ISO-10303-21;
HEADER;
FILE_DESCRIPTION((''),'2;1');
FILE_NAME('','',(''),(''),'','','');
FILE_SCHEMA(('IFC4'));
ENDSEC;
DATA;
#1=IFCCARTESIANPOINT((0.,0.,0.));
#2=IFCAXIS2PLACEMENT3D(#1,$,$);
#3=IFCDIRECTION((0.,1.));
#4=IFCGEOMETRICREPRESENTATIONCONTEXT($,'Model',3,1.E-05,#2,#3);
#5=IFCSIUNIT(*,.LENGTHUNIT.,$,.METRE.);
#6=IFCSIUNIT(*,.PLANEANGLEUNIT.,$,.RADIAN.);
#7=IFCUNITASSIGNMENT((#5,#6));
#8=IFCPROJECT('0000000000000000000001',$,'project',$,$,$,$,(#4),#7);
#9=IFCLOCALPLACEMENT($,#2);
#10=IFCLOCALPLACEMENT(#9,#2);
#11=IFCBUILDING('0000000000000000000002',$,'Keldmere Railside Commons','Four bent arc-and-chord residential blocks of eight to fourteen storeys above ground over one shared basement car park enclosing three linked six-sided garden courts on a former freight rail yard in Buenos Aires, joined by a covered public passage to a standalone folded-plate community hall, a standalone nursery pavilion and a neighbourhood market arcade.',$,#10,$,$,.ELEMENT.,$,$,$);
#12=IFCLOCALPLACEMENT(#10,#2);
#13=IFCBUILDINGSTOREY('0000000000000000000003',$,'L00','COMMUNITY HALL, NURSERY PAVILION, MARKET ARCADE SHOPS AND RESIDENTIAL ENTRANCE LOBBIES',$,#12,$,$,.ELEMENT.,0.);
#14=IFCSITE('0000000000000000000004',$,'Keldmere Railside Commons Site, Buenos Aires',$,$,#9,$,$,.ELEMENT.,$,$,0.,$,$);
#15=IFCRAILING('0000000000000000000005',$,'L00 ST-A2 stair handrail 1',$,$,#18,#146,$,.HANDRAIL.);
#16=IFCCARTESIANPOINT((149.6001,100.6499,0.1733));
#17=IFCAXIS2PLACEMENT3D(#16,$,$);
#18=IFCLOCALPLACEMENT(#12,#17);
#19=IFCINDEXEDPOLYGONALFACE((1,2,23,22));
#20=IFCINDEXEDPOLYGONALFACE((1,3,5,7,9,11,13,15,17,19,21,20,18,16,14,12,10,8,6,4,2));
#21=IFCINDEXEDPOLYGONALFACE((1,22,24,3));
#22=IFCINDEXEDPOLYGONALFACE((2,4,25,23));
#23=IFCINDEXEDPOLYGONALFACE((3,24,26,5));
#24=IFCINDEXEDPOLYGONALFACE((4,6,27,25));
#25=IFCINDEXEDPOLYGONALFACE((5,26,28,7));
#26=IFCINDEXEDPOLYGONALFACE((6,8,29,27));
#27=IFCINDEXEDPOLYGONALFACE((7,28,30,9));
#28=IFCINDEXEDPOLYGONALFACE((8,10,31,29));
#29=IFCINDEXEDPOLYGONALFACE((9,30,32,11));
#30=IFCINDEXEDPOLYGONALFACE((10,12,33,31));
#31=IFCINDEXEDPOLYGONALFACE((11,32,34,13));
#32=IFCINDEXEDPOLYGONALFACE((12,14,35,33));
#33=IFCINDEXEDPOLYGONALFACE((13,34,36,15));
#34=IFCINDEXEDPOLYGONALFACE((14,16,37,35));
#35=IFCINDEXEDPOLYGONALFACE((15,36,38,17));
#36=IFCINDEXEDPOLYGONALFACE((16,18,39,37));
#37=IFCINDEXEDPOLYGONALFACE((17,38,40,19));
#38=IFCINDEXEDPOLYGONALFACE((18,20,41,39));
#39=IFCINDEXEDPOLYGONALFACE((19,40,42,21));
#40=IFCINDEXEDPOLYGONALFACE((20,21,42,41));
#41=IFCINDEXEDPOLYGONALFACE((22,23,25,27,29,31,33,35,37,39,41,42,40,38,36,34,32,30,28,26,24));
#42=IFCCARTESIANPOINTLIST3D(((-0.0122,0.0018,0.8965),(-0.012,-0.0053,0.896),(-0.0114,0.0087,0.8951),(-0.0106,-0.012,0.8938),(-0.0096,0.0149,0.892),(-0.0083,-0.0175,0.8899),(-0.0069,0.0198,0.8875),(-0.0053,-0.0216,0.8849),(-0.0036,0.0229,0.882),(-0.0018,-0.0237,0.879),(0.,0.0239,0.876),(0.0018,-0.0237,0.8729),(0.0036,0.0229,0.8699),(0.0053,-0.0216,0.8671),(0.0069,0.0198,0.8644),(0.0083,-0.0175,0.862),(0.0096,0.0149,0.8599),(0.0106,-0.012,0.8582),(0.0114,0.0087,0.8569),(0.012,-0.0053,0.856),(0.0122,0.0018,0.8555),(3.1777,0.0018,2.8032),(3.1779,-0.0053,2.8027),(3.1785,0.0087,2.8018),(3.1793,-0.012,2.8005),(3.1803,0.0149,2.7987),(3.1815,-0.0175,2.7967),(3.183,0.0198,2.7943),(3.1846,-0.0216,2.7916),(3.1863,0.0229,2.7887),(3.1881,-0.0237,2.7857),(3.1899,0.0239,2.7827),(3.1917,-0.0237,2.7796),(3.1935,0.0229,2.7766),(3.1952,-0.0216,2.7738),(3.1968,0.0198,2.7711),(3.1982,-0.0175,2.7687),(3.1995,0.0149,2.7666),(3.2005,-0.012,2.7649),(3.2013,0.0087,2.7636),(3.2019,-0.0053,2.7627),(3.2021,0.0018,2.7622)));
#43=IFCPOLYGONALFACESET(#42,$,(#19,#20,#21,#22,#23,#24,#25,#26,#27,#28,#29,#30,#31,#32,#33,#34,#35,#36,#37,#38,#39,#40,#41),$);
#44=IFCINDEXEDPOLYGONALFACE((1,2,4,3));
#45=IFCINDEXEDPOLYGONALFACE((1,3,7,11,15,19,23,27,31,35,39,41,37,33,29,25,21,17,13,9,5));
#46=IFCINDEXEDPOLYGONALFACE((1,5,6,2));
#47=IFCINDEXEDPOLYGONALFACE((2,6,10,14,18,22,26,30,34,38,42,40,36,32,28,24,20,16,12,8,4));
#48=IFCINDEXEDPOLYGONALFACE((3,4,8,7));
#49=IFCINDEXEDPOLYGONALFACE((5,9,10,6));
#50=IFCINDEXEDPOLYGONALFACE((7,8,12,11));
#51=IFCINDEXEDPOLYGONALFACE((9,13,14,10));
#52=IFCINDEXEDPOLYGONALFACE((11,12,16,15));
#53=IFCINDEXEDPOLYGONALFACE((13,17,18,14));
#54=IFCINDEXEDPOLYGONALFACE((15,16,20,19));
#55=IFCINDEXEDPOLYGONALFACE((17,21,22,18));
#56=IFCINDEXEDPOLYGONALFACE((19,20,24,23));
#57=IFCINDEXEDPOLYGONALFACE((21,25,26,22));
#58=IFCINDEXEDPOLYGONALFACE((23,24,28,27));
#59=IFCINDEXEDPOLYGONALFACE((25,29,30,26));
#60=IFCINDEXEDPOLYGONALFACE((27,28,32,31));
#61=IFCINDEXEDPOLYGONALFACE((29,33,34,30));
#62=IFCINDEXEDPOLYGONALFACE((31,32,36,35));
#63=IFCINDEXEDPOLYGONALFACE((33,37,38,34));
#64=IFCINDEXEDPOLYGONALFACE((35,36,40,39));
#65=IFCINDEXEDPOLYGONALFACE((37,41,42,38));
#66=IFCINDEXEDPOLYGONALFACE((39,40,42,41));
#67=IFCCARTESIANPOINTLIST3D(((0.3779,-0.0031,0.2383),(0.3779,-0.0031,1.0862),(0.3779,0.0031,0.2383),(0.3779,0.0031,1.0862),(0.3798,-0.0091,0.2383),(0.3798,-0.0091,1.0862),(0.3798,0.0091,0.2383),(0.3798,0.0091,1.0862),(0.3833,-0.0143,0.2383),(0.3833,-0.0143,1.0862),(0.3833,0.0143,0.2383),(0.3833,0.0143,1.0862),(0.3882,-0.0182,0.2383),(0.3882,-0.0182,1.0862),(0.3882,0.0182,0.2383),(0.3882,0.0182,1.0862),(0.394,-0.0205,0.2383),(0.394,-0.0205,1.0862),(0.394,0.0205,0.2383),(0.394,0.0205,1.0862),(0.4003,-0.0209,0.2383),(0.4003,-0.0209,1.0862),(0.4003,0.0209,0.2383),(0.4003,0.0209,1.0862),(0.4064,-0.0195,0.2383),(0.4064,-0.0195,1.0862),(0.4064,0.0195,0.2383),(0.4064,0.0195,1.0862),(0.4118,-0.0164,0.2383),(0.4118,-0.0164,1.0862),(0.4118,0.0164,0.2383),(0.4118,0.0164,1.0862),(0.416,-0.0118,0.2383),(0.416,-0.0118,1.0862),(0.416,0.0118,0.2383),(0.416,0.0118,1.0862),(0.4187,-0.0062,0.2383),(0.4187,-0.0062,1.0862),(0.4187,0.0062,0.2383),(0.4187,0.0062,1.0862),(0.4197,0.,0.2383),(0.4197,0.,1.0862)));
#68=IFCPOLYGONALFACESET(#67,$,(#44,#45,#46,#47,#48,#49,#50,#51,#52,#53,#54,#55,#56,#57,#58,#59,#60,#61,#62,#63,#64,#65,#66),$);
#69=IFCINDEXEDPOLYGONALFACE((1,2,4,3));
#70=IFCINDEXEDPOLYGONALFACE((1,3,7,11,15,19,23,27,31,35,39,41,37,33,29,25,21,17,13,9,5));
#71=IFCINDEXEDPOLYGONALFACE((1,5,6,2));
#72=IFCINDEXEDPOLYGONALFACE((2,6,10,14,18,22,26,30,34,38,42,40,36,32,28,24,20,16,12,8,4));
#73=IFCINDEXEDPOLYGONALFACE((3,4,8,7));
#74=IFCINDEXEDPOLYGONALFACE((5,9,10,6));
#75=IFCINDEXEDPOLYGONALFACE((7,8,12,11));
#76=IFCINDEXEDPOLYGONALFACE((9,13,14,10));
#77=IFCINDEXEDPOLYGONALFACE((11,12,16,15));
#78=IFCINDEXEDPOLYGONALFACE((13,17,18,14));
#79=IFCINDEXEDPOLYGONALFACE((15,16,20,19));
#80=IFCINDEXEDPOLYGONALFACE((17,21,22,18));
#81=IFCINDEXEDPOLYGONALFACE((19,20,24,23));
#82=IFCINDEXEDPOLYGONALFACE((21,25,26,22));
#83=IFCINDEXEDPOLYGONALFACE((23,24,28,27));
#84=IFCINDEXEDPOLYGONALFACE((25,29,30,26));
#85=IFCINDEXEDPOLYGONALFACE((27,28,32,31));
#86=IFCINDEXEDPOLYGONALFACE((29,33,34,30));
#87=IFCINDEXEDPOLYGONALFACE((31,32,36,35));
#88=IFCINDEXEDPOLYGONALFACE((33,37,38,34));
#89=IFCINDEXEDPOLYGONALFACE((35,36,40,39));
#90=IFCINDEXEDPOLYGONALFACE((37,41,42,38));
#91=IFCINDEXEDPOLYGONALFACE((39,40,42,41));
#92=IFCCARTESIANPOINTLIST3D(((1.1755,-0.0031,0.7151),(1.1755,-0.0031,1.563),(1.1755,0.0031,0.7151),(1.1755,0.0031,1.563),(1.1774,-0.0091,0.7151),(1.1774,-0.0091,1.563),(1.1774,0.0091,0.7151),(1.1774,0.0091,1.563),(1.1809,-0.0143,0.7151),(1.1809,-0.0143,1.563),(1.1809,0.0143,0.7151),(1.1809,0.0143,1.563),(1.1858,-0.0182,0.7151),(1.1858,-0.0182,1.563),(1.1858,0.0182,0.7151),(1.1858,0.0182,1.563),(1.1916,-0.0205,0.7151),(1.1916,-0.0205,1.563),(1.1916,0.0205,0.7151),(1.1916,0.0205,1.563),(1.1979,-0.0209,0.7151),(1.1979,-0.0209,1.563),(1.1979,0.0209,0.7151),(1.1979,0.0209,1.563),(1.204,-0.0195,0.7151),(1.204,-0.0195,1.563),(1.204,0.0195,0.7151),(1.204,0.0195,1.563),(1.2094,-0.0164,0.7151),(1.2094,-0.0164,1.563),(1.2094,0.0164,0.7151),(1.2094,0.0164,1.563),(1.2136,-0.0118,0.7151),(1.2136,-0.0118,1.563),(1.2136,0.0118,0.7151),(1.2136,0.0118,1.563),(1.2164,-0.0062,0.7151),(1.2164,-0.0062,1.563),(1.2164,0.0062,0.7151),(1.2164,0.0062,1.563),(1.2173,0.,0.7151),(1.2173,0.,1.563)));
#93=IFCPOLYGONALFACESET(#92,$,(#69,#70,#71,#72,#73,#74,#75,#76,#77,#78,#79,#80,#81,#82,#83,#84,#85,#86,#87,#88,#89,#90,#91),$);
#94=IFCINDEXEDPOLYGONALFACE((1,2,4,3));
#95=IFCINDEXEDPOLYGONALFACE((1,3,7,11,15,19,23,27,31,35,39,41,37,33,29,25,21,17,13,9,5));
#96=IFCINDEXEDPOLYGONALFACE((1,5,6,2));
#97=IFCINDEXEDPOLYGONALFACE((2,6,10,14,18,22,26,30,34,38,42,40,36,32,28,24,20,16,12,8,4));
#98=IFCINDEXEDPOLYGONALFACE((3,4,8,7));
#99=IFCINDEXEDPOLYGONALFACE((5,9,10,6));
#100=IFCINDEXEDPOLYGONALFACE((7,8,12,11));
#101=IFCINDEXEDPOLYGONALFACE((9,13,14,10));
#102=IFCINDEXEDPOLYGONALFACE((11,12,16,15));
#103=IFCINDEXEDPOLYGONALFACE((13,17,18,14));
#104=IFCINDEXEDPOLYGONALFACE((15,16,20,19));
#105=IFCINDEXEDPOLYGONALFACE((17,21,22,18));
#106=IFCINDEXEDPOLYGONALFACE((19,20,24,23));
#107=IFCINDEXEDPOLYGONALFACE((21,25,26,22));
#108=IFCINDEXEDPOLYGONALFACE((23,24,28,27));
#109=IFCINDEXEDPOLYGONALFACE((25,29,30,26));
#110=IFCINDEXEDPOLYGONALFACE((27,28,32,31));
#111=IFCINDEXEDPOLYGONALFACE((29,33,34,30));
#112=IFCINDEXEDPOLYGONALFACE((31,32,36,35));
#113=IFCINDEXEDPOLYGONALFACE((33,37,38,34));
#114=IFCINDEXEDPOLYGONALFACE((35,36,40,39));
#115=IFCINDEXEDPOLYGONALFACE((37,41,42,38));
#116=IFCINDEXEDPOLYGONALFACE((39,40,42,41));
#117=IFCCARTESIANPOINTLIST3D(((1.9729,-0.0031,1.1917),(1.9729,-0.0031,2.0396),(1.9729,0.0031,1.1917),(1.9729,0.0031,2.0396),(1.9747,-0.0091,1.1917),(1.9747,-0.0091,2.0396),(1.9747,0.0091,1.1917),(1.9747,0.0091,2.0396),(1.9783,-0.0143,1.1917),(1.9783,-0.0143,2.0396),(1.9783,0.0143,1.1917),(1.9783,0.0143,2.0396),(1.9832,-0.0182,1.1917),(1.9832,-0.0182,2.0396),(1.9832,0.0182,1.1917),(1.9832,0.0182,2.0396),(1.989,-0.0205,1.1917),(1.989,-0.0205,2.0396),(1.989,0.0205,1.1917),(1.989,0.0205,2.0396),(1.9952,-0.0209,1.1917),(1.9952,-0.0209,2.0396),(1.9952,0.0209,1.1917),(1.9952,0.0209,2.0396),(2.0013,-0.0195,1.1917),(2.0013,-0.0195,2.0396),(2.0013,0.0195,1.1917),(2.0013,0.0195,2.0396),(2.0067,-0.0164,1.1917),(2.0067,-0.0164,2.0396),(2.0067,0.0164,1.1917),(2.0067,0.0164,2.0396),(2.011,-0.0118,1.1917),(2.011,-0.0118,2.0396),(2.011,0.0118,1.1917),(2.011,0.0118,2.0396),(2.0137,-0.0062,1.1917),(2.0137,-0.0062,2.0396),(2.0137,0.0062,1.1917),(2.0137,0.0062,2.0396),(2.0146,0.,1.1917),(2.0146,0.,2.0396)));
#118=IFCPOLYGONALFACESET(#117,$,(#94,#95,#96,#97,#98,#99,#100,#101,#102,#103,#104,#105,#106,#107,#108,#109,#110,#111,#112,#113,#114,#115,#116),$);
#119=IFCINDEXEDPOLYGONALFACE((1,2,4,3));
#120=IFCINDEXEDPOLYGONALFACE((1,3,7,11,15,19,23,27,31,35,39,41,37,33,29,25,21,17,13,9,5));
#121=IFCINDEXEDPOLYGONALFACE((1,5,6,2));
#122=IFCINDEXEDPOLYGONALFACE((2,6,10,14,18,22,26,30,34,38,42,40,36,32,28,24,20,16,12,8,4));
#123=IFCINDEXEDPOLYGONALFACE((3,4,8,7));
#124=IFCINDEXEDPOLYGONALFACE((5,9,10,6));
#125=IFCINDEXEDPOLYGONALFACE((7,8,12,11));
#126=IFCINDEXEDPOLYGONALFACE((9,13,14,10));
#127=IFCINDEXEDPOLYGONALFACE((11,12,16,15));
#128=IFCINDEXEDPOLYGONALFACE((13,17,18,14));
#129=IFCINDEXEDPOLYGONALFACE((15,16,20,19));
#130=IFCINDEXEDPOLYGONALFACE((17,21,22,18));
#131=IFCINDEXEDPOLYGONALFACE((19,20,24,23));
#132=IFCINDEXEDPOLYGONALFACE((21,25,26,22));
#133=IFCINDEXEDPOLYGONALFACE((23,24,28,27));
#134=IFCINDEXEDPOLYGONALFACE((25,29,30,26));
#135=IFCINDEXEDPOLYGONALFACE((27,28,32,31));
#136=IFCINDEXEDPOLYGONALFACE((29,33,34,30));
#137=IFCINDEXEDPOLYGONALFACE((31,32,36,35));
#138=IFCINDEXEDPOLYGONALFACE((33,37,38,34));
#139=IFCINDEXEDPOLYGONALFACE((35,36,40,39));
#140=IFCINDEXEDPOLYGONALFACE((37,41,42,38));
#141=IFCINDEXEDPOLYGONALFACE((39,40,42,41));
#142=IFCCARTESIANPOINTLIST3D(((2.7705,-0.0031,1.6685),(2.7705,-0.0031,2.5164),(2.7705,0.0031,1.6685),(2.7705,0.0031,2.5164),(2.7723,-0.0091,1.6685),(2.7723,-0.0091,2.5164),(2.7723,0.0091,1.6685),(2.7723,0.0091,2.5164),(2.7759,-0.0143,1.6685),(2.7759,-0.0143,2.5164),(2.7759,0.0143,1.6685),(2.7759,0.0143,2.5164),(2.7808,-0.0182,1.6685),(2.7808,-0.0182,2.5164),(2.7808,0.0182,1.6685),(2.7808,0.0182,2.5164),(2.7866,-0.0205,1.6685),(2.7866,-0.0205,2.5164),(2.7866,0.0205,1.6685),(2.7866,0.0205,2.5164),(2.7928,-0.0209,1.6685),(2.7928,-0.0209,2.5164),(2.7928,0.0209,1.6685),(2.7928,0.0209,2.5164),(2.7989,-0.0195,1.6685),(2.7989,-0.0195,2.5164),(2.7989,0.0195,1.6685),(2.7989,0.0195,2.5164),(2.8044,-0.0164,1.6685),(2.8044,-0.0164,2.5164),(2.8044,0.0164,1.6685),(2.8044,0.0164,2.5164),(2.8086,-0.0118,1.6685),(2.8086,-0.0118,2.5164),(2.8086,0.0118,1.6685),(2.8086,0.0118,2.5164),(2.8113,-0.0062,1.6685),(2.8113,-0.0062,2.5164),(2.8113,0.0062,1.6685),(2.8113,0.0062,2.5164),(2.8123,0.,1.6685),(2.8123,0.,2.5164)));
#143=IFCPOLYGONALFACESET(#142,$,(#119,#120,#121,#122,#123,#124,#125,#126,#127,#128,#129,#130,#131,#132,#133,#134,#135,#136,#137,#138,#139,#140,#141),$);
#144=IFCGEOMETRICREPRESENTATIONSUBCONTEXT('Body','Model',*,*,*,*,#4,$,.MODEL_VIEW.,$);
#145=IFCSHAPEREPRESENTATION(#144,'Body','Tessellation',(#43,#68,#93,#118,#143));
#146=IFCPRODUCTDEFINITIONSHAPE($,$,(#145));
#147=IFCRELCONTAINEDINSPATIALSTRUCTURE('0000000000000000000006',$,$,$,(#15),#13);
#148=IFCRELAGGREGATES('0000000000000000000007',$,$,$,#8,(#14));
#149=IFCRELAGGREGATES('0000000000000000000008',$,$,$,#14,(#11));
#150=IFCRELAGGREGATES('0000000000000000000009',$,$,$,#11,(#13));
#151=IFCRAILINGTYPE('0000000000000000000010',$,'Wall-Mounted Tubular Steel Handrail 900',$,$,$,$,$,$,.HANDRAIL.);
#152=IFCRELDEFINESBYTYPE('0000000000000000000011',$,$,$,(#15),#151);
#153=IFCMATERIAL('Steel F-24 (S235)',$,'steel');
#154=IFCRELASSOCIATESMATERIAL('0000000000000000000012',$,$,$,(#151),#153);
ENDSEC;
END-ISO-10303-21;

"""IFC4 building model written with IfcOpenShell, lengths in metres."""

from ifc_helpers import new_model, si_unit, direction, frame, origin, origin_2d, place, context, subcontext, project, spatial, circle, extrude, material, type_object, element, save


model = new_model("IFC4")

# Units and contexts
model_context = context("Model", 3, precision=1e-05, world=origin(), true_north=direction((0.0, 1.0)))
body_context = subcontext(model_context, "Body", "Model", "MODEL_VIEW")
ifc_project = project(units=[si_unit("LENGTHUNIT", "METRE"), si_unit("PLANEANGLEUNIT", "RADIAN")], contexts=[model_context])

# Site, building, storey
site_placement = place(None, origin())
site = spatial("IfcSite", under=ifc_project, at=site_placement, Name="Keldmere Railside Commons Site, Buenos Aires", CompositionType="ELEMENT", RefElevation=0.0)
building_placement = place(site_placement, origin())
building = spatial("IfcBuilding", under=site, at=building_placement, Name="Keldmere Railside Commons", Description="Four bent arc-and-chord residential blocks of eight to fourteen storeys above ground over one shared basement car park enclosing three linked six-sided garden courts on a former freight rail yard in Buenos Aires, joined by a covered public passage to a standalone folded-plate community hall, a standalone nursery pavilion and a neighbourhood market arcade.", CompositionType="ELEMENT")
storey_placement = place(building_placement, origin())
storey = spatial("IfcBuildingStorey", under=building, at=storey_placement, Name="L00", Description="COMMUNITY HALL, NURSERY PAVILION, MARKET ARCADE SHOPS AND RESIDENTIAL ENTRANCE LOBBIES", CompositionType="ELEMENT", Elevation=0.0)

# Shared definitions
ifc_material_1 = material(Name="Steel F-24 (S235)", Category="steel")

# Railing
railing_type_1 = type_object("IfcRailingType", Name="Wall-Mounted Tubular Steel Handrail 900", PredefinedType="HANDRAIL", material=ifc_material_1)
railing_1_placement = place(storey_placement, frame((149.6001, 100.6499, 0.1733)))
element("IfcRailing", 1, at=railing_1_placement, inside=storey, type_object=railing_type_1, Name="L00 ST-A2 stair handrail 1", PredefinedType="HANDRAIL", context=body_context, shape_type="SweptSolid", body=[
    extrude(circle(Radius=0.0239, at=origin_2d()), frame((0.0, 0.0, 0.876), z_axis=(0.85835, 0.0, 0.513065), x_axis=(0.0, 1.0, 0.0)), (0.0, 0.0, 1.0), 3.7163),
    extrude(circle(Radius=0.021, at=origin_2d()), frame((0.3987, 0.0, 0.2383)), (0.0, 0.0, 1.0), 0.8479),
    extrude(circle(Radius=0.021, at=origin_2d()), frame((1.1963, 0.0, 0.7151)), (0.0, 0.0, 1.0), 0.8479),
    extrude(circle(Radius=0.021, at=origin_2d()), frame((1.9937, 0.0, 1.1917)), (0.0, 0.0, 1.0), 0.8479),
    extrude(circle(Radius=0.021, at=origin_2d()), frame((2.7913, 0.0, 1.6685)), (0.0, 0.0, 1.0), 0.8479),
])

save(model, "model.ifc")
